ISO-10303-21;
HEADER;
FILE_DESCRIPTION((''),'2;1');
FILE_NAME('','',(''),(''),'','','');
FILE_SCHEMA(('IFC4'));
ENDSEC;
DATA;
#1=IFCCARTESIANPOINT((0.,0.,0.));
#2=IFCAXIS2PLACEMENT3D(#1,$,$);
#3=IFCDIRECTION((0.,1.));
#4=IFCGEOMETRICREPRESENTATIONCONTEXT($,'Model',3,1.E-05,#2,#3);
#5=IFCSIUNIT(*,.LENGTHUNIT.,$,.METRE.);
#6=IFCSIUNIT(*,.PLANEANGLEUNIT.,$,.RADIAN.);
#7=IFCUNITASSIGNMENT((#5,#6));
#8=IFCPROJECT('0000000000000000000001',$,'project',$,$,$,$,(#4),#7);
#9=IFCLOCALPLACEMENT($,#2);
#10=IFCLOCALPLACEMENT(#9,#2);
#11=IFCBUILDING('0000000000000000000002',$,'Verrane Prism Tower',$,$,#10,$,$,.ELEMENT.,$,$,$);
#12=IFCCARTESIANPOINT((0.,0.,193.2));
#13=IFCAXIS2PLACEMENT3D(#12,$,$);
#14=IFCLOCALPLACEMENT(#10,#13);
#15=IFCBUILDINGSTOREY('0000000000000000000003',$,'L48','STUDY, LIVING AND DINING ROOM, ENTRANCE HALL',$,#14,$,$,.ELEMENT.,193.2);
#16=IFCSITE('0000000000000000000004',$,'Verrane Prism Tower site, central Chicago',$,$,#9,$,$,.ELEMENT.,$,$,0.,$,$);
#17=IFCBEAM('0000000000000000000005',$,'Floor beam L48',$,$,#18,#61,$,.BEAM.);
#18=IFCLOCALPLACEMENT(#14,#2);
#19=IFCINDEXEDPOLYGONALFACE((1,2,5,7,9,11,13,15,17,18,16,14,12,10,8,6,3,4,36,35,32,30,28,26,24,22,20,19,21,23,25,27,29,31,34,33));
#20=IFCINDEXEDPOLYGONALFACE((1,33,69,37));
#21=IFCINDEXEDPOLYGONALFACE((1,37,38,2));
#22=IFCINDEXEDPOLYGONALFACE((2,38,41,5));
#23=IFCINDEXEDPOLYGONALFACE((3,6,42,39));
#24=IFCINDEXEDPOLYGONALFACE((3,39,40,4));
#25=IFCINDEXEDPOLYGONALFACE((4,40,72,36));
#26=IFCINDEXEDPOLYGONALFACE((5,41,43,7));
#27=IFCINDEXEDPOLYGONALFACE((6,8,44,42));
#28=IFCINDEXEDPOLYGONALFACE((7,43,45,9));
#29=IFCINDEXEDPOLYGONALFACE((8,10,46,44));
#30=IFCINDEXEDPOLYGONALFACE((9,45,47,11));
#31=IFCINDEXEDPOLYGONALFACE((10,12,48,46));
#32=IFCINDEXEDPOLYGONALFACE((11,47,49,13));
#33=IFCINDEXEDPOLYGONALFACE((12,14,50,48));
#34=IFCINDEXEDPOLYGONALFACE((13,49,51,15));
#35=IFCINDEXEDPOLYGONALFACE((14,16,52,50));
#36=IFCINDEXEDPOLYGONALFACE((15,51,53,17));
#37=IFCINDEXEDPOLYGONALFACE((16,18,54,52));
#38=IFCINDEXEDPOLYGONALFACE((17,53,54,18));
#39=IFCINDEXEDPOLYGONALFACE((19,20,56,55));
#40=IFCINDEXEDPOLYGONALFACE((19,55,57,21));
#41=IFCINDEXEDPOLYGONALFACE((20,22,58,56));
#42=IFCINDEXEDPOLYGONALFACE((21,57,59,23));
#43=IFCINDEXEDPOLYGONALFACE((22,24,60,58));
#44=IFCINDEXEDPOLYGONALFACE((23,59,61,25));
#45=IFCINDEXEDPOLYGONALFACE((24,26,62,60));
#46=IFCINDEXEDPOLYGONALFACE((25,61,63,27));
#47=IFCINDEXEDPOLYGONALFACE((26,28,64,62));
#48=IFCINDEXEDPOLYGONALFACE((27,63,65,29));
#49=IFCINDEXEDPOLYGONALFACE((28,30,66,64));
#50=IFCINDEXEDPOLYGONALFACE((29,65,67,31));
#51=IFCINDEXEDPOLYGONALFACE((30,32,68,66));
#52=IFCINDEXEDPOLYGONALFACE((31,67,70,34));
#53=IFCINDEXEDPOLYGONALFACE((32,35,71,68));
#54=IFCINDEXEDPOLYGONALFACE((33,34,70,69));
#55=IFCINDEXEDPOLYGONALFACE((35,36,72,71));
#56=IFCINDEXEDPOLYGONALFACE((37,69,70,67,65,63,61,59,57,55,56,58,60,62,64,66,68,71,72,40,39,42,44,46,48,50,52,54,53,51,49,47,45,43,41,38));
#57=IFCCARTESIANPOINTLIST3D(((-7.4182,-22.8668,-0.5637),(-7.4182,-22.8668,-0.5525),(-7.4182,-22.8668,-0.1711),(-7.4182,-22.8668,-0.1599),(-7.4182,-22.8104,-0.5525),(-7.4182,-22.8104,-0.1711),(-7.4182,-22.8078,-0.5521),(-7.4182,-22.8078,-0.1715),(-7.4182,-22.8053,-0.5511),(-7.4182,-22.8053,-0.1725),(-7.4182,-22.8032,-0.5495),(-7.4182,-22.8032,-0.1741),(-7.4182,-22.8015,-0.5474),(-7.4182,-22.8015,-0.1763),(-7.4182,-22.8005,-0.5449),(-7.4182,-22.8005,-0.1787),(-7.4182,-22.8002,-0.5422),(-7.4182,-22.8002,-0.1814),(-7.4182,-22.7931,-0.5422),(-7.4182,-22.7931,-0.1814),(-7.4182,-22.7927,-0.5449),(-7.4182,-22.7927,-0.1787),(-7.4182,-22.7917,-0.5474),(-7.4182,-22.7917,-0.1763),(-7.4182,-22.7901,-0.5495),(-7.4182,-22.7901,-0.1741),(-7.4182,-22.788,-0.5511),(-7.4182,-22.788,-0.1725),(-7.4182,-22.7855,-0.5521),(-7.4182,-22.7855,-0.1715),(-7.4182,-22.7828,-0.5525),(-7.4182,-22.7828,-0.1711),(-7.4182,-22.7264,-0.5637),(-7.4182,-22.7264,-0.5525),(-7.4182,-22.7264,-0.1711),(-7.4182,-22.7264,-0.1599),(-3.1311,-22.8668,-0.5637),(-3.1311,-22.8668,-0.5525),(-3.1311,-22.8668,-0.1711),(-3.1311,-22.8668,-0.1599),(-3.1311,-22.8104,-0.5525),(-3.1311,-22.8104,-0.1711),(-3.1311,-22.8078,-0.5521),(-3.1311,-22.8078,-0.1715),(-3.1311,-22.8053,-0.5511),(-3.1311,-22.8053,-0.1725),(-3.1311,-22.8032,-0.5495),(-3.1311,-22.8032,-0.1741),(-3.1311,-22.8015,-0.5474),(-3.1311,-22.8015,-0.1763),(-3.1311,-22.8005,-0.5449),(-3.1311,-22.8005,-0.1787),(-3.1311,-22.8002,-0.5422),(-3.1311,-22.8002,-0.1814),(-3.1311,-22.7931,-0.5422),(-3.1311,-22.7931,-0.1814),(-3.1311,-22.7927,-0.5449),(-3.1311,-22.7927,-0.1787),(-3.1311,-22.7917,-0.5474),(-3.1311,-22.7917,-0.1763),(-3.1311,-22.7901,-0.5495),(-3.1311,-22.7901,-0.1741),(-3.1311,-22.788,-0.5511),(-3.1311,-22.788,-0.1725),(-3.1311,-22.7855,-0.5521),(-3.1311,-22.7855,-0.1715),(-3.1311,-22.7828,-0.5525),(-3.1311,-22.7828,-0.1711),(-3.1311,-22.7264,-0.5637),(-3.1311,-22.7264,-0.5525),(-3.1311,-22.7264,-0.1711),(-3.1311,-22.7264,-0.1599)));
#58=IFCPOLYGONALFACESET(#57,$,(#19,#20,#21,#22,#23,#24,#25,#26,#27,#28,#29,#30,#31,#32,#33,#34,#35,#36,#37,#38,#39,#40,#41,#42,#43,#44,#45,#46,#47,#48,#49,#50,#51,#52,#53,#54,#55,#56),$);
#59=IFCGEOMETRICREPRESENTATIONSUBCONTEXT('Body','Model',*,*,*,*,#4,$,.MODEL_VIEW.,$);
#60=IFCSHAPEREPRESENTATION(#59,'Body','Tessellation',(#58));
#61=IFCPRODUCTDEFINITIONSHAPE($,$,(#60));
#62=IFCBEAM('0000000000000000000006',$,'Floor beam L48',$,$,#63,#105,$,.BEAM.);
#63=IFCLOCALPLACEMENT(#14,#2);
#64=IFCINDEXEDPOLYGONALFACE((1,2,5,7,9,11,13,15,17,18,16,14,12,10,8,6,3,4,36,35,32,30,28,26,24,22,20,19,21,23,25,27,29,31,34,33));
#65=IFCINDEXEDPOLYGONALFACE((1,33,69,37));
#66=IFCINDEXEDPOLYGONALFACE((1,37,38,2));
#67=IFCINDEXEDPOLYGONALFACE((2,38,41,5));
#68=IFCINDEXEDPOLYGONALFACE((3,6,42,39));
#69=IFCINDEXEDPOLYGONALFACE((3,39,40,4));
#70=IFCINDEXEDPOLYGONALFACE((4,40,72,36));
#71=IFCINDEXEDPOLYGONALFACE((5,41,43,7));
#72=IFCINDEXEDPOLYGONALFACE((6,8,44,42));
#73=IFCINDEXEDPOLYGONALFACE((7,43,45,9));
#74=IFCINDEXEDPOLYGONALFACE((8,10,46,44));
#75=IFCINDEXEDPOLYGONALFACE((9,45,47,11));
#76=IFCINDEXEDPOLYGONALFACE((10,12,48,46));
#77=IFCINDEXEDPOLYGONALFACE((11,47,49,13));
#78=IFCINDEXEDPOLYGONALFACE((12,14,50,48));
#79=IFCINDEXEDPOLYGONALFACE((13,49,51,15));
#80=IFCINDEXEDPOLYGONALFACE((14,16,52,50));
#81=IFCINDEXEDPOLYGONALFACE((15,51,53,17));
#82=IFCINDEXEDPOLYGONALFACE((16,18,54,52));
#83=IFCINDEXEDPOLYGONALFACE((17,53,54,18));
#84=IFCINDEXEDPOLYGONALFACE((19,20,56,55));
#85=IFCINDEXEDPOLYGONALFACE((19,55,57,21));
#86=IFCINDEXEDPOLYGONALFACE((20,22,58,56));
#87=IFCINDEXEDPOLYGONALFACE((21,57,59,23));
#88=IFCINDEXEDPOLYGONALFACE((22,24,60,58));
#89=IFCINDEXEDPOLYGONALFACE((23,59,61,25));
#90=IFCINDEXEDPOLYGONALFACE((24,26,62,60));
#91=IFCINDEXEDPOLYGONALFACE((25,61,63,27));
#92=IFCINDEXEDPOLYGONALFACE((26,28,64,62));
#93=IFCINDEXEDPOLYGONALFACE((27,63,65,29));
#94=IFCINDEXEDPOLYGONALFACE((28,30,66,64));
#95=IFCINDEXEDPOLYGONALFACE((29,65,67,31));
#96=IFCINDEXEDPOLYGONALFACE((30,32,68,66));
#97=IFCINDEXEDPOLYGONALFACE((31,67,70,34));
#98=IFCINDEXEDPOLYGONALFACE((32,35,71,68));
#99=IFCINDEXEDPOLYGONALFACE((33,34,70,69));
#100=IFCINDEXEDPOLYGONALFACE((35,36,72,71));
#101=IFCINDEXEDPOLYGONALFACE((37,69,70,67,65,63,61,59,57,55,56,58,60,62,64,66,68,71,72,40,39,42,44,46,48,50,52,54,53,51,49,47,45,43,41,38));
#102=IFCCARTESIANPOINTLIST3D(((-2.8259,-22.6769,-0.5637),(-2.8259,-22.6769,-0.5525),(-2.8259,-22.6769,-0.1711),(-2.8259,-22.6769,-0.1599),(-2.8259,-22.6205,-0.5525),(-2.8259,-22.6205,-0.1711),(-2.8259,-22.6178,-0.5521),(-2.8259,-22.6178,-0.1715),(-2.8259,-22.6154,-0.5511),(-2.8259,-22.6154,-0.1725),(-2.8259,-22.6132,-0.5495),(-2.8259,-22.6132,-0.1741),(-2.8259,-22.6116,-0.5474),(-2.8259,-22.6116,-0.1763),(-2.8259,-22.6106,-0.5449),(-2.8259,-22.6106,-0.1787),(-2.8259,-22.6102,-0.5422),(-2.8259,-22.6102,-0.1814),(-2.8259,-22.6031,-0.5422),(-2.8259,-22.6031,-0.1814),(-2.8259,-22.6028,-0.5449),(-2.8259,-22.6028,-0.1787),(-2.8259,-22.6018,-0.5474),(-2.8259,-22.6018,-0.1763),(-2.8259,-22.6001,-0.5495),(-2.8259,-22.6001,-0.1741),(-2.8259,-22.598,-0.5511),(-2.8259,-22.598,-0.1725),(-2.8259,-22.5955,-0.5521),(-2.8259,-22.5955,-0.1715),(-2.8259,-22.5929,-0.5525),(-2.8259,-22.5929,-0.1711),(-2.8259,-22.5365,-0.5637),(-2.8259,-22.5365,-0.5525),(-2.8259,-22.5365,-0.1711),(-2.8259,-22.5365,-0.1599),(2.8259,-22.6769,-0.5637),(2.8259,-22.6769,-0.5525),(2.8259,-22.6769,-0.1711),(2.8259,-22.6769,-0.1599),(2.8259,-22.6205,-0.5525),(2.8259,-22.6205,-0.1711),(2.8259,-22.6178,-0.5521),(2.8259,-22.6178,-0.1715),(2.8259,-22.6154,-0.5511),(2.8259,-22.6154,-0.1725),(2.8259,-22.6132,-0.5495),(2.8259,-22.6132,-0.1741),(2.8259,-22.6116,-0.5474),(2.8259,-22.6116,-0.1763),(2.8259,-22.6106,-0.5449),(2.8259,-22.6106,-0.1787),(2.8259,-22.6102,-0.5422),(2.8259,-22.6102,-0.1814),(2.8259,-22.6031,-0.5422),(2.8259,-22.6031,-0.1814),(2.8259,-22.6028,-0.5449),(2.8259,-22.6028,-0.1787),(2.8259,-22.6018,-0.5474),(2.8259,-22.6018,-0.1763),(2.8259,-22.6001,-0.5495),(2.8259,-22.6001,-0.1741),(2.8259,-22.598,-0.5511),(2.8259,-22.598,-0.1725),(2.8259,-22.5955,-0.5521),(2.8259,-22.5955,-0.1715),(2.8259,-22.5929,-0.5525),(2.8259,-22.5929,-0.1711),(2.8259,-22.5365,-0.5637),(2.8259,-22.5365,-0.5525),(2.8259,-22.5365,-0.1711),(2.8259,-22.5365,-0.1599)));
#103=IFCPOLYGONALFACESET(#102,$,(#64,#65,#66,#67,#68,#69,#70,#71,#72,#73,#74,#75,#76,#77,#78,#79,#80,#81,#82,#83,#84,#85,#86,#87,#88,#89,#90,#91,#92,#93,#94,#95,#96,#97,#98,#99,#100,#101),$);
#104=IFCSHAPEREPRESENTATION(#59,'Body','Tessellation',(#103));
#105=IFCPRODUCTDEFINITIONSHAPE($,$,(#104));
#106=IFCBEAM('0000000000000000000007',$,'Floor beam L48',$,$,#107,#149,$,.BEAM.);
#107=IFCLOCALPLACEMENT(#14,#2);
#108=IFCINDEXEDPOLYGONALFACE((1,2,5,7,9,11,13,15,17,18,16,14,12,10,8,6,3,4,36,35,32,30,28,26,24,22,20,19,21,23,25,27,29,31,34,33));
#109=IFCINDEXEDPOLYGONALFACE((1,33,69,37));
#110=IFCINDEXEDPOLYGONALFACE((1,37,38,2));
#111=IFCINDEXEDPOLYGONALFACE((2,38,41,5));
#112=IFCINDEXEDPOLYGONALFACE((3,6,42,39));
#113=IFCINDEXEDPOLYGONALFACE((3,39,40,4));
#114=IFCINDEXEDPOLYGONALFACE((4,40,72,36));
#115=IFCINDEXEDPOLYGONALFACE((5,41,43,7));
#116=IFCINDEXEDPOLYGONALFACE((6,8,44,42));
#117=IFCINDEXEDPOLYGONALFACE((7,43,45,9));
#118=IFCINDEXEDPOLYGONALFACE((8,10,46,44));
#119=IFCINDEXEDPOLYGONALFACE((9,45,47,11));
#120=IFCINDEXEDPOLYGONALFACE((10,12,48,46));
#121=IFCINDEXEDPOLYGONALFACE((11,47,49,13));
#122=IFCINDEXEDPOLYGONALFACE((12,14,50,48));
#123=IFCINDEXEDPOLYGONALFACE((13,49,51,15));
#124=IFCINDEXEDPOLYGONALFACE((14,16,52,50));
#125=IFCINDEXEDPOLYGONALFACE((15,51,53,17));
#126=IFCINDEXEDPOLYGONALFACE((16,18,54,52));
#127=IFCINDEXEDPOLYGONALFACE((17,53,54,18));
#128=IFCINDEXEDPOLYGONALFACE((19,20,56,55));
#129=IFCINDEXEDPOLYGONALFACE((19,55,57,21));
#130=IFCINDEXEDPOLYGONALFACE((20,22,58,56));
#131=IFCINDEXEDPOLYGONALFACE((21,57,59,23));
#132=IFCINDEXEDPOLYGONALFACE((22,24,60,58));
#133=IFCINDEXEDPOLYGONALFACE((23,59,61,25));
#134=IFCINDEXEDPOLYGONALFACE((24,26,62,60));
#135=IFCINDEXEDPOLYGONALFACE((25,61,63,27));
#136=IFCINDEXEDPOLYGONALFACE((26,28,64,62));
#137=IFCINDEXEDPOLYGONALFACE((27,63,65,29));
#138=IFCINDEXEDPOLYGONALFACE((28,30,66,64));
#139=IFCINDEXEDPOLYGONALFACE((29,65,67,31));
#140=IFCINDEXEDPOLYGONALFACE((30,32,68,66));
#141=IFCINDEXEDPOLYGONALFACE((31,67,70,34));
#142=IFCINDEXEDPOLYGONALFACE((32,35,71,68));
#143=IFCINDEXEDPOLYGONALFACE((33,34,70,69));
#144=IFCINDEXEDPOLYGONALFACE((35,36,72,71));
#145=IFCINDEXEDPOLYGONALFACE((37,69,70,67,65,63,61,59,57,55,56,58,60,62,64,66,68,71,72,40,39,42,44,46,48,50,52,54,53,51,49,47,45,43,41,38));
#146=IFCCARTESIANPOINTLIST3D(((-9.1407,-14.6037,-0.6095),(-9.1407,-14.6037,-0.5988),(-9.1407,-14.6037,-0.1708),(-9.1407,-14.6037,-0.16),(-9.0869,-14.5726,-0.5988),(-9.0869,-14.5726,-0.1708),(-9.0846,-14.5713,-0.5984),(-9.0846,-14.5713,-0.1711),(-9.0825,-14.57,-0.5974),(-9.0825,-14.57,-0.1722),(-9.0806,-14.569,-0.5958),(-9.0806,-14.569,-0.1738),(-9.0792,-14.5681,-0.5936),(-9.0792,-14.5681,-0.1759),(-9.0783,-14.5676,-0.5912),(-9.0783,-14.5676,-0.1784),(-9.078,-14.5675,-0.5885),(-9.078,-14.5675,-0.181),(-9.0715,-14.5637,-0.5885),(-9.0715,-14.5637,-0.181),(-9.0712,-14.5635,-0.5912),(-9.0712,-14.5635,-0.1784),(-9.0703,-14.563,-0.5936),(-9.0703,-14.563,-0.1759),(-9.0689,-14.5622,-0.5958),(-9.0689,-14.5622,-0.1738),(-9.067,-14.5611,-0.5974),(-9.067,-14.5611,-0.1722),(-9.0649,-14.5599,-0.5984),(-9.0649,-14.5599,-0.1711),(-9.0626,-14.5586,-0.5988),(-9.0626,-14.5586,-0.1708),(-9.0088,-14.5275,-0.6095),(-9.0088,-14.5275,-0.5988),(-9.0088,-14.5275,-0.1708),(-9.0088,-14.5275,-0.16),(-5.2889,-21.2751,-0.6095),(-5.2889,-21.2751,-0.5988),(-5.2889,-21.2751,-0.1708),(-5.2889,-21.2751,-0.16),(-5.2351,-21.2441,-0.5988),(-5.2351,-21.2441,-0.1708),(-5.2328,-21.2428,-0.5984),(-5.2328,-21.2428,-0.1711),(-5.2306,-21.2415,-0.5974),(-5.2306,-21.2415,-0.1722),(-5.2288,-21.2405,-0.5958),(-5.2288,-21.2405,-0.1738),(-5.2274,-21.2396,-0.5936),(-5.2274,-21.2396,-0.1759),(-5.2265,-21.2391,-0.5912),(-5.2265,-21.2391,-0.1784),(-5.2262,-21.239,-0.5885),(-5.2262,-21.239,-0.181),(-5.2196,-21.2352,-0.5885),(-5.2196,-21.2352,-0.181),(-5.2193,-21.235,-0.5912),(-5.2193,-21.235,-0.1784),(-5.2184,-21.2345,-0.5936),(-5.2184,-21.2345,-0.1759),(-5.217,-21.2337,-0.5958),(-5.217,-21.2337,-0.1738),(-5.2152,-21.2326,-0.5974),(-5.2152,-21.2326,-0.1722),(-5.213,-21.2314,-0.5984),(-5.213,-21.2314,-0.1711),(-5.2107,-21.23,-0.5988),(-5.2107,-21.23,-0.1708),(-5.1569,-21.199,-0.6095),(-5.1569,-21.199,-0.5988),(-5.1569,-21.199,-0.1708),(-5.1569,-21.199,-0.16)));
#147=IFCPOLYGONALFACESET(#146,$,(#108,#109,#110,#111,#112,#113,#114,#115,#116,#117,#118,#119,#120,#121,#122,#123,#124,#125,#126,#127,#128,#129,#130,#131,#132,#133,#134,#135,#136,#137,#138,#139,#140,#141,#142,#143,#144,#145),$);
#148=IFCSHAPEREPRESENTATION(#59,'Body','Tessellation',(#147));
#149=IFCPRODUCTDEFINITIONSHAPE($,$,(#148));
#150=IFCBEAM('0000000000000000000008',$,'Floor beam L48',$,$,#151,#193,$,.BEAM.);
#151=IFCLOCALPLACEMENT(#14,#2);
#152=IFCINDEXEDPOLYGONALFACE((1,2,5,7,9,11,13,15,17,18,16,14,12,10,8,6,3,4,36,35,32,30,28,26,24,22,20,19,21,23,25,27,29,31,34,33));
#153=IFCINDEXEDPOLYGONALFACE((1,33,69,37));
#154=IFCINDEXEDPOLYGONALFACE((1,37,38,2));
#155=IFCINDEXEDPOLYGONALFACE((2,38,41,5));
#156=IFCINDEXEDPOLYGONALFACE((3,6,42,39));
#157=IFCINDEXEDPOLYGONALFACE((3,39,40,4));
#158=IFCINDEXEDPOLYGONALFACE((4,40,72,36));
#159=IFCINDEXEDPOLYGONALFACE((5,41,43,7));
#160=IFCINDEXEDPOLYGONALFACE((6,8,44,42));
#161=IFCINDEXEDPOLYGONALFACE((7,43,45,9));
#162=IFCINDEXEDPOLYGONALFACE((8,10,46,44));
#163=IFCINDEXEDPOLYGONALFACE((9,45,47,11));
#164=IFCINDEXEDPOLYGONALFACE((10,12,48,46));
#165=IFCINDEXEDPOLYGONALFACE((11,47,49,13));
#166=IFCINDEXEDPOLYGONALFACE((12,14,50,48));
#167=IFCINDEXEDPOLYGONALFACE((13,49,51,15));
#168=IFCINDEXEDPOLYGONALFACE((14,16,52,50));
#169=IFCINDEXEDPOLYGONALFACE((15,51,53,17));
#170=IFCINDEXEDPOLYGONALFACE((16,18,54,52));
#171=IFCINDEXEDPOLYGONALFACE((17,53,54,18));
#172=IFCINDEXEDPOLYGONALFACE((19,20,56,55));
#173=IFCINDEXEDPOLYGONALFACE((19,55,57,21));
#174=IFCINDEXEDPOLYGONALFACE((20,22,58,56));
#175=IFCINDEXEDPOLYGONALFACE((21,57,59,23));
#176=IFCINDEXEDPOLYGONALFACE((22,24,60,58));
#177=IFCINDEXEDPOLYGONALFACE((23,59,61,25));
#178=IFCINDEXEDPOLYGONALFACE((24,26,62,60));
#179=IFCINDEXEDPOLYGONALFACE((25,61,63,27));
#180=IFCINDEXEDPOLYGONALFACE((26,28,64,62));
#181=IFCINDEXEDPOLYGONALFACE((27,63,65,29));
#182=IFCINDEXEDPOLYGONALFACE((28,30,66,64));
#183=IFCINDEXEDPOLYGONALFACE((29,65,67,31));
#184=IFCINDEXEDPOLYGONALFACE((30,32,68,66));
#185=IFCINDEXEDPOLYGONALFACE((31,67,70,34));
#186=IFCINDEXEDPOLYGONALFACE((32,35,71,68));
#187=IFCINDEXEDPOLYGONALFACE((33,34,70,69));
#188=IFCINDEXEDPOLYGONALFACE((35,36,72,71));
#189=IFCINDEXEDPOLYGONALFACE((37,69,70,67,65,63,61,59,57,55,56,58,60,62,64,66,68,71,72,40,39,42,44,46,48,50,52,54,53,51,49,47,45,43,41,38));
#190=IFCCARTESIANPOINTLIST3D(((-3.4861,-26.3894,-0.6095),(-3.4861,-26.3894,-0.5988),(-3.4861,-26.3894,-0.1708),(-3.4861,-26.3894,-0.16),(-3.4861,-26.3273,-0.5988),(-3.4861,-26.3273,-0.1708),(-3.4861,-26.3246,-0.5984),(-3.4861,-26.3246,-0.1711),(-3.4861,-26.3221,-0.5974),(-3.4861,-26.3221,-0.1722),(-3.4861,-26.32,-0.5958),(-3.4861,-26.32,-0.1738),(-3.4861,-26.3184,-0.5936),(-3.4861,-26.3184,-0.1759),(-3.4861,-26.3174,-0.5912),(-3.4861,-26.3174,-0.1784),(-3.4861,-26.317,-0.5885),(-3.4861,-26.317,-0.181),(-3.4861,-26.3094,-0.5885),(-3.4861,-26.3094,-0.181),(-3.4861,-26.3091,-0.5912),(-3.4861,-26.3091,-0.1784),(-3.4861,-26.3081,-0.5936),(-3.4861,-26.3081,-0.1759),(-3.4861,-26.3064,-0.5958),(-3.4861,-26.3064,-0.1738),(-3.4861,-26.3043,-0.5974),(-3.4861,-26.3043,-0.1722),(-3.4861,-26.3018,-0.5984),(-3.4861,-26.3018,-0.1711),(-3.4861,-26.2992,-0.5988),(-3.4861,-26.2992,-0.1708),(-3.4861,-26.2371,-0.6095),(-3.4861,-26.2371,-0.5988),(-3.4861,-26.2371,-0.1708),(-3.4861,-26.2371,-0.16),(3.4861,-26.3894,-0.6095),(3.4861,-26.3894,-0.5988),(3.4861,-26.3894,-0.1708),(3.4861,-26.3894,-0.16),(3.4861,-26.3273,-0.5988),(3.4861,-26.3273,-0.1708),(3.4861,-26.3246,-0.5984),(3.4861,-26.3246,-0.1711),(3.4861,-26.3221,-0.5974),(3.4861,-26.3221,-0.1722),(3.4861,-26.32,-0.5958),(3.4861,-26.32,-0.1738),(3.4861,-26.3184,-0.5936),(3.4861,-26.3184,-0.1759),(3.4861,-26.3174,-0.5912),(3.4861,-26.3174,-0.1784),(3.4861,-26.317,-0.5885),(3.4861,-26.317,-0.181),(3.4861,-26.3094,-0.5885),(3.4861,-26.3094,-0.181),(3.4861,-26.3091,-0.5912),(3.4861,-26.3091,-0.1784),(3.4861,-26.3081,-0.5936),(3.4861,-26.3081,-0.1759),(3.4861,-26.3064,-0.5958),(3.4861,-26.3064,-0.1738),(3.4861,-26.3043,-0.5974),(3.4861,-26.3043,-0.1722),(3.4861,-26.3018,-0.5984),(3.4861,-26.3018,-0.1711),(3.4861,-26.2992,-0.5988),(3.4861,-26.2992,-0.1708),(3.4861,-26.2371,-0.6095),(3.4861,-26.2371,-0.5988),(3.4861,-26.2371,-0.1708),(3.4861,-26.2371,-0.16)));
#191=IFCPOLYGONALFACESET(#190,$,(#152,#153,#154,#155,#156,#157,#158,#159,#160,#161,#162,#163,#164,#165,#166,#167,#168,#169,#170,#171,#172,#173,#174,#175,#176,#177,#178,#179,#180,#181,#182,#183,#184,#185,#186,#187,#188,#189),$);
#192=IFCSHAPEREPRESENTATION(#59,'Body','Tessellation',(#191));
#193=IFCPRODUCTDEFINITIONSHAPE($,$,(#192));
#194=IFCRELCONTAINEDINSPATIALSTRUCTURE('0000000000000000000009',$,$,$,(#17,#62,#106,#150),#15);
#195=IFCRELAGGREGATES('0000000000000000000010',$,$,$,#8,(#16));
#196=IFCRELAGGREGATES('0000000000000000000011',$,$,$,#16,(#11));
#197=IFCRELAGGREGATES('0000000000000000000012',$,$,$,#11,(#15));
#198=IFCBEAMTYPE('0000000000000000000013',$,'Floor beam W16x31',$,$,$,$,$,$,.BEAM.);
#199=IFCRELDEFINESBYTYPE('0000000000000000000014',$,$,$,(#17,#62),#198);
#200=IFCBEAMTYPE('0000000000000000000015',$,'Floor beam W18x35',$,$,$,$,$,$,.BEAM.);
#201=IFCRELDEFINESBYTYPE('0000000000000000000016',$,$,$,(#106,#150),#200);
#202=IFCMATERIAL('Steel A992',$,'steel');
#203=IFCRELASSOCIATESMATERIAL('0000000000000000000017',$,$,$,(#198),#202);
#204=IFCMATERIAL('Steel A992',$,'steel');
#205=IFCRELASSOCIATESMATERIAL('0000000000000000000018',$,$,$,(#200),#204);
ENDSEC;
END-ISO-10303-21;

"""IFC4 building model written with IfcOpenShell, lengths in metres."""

from ifc_helpers import new_model, si_unit, direction, frame, origin, origin_2d, place, context, subcontext, project, spatial, i_section, extrude, material, material_profile, profile_set, type_object, element, save


model = new_model("IFC4")

# Units and contexts
model_context = context("Model", 3, precision=1e-05, world=origin(), true_north=direction((0.0, 1.0)))
body_context = subcontext(model_context, "Body", "Model", "MODEL_VIEW")
ifc_project = project(units=[si_unit("LENGTHUNIT", "METRE"), si_unit("PLANEANGLEUNIT", "RADIAN")], contexts=[model_context])

# Site, building, storey
site_placement = place(None, origin())
site = spatial("IfcSite", under=ifc_project, at=site_placement, Name="Verrane Prism Tower site, central Chicago", CompositionType="ELEMENT", RefElevation=0.0)
building_placement = place(site_placement, origin())
building = spatial("IfcBuilding", under=site, at=building_placement, Name="Verrane Prism Tower", CompositionType="ELEMENT")
storey_placement = place(building_placement, frame((0.0, 0.0, 193.2)))
storey = spatial("IfcBuildingStorey", under=building, at=storey_placement, Name="L48", Description="STUDY, LIVING AND DINING ROOM, ENTRANCE HALL", CompositionType="ELEMENT", Elevation=193.2)

# Beams
ifc_material_1 = material(Name="Steel A992", Category="steel")
ifc_material_profile_1 = material_profile(ifc_material_1, i_section(OverallWidth=0.1404, OverallDepth=0.4038, WebThickness=0.0071, FlangeThickness=0.0112, FilletRadius=0.0103, at=origin_2d()), Name="W16x31")
ifc_profile_set_1 = profile_set([ifc_material_profile_1], Name="Steel A992")
beam_type_1 = type_object("IfcBeamType", Name="Floor beam W16x31", PredefinedType="BEAM", material=ifc_profile_set_1)
beam_1_placement = place(storey_placement, frame((-7.4182, -22.7966, -0.3618), z_axis=(1.0, 0.0, 0.0), x_axis=(0.0, 1.0, 0.0)))
element("IfcBeam", 1, at=beam_1_placement, inside=storey, type_object=beam_type_1, Name="Floor beam L48", PredefinedType="BEAM", context=body_context, shape_type="SweptSolid", body=[
    extrude(i_section(OverallWidth=0.1404, OverallDepth=0.4038, WebThickness=0.0071, FlangeThickness=0.0112, FilletRadius=0.0103, at=origin_2d()), origin(), (0.0, 0.0, 1.0), 4.2871),
])
beam_2_placement = place(storey_placement, frame((-2.8259, -22.6067, -0.3618), z_axis=(1.0, 0.0, 0.0), x_axis=(0.0, 1.0, 0.0)))
element("IfcBeam", 2, at=beam_2_placement, inside=storey, type_object=beam_type_1, Name="Floor beam L48", PredefinedType="BEAM", context=body_context, shape_type="SweptSolid", body=[
    extrude(i_section(OverallWidth=0.1404, OverallDepth=0.4038, WebThickness=0.0071, FlangeThickness=0.0112, FilletRadius=0.0103, at=origin_2d()), origin(), (0.0, 0.0, 1.0), 5.6519),
])
ifc_material_2 = material(Name="Steel A992", Category="steel")
ifc_material_profile_2 = material_profile(ifc_material_2, i_section(OverallWidth=0.1523, OverallDepth=0.4495, WebThickness=0.0076, FlangeThickness=0.0107, FilletRadius=0.0103, at=origin_2d()), Name="W18x35")
ifc_profile_set_2 = profile_set([ifc_material_profile_2], Name="Steel A992")
beam_type_2 = type_object("IfcBeamType", Name="Floor beam W18x35", PredefinedType="BEAM", material=ifc_profile_set_2)
beam_3_placement = place(storey_placement, frame((-5.2229, -21.2371, -0.3848), z_axis=(-0.500008, 0.866021, 0.0), x_axis=(-0.866021, -0.500008, 0.0)))
element("IfcBeam", 3, at=beam_3_placement, inside=storey, type_object=beam_type_2, Name="Floor beam L48", PredefinedType="BEAM", context=body_context, shape_type="SweptSolid", body=[
    extrude(i_section(OverallWidth=0.1523, OverallDepth=0.4495, WebThickness=0.0076, FlangeThickness=0.0107, FilletRadius=0.0103, at=origin_2d()), origin(), (0.0, 0.0, 1.0), 7.7036),
])
beam_4_placement = place(storey_placement, frame((-3.4861, -26.3132, -0.3848), z_axis=(1.0, 0.0, 0.0), x_axis=(0.0, 1.0, 0.0)))
element("IfcBeam", 4, at=beam_4_placement, inside=storey, type_object=beam_type_2, Name="Floor beam L48", PredefinedType="BEAM", context=body_context, shape_type="SweptSolid", body=[
    extrude(i_section(OverallWidth=0.1523, OverallDepth=0.4495, WebThickness=0.0076, FlangeThickness=0.0107, FilletRadius=0.0103, at=origin_2d()), origin(), (0.0, 0.0, 1.0), 6.9722),
])

save(model, "model.ifc")
